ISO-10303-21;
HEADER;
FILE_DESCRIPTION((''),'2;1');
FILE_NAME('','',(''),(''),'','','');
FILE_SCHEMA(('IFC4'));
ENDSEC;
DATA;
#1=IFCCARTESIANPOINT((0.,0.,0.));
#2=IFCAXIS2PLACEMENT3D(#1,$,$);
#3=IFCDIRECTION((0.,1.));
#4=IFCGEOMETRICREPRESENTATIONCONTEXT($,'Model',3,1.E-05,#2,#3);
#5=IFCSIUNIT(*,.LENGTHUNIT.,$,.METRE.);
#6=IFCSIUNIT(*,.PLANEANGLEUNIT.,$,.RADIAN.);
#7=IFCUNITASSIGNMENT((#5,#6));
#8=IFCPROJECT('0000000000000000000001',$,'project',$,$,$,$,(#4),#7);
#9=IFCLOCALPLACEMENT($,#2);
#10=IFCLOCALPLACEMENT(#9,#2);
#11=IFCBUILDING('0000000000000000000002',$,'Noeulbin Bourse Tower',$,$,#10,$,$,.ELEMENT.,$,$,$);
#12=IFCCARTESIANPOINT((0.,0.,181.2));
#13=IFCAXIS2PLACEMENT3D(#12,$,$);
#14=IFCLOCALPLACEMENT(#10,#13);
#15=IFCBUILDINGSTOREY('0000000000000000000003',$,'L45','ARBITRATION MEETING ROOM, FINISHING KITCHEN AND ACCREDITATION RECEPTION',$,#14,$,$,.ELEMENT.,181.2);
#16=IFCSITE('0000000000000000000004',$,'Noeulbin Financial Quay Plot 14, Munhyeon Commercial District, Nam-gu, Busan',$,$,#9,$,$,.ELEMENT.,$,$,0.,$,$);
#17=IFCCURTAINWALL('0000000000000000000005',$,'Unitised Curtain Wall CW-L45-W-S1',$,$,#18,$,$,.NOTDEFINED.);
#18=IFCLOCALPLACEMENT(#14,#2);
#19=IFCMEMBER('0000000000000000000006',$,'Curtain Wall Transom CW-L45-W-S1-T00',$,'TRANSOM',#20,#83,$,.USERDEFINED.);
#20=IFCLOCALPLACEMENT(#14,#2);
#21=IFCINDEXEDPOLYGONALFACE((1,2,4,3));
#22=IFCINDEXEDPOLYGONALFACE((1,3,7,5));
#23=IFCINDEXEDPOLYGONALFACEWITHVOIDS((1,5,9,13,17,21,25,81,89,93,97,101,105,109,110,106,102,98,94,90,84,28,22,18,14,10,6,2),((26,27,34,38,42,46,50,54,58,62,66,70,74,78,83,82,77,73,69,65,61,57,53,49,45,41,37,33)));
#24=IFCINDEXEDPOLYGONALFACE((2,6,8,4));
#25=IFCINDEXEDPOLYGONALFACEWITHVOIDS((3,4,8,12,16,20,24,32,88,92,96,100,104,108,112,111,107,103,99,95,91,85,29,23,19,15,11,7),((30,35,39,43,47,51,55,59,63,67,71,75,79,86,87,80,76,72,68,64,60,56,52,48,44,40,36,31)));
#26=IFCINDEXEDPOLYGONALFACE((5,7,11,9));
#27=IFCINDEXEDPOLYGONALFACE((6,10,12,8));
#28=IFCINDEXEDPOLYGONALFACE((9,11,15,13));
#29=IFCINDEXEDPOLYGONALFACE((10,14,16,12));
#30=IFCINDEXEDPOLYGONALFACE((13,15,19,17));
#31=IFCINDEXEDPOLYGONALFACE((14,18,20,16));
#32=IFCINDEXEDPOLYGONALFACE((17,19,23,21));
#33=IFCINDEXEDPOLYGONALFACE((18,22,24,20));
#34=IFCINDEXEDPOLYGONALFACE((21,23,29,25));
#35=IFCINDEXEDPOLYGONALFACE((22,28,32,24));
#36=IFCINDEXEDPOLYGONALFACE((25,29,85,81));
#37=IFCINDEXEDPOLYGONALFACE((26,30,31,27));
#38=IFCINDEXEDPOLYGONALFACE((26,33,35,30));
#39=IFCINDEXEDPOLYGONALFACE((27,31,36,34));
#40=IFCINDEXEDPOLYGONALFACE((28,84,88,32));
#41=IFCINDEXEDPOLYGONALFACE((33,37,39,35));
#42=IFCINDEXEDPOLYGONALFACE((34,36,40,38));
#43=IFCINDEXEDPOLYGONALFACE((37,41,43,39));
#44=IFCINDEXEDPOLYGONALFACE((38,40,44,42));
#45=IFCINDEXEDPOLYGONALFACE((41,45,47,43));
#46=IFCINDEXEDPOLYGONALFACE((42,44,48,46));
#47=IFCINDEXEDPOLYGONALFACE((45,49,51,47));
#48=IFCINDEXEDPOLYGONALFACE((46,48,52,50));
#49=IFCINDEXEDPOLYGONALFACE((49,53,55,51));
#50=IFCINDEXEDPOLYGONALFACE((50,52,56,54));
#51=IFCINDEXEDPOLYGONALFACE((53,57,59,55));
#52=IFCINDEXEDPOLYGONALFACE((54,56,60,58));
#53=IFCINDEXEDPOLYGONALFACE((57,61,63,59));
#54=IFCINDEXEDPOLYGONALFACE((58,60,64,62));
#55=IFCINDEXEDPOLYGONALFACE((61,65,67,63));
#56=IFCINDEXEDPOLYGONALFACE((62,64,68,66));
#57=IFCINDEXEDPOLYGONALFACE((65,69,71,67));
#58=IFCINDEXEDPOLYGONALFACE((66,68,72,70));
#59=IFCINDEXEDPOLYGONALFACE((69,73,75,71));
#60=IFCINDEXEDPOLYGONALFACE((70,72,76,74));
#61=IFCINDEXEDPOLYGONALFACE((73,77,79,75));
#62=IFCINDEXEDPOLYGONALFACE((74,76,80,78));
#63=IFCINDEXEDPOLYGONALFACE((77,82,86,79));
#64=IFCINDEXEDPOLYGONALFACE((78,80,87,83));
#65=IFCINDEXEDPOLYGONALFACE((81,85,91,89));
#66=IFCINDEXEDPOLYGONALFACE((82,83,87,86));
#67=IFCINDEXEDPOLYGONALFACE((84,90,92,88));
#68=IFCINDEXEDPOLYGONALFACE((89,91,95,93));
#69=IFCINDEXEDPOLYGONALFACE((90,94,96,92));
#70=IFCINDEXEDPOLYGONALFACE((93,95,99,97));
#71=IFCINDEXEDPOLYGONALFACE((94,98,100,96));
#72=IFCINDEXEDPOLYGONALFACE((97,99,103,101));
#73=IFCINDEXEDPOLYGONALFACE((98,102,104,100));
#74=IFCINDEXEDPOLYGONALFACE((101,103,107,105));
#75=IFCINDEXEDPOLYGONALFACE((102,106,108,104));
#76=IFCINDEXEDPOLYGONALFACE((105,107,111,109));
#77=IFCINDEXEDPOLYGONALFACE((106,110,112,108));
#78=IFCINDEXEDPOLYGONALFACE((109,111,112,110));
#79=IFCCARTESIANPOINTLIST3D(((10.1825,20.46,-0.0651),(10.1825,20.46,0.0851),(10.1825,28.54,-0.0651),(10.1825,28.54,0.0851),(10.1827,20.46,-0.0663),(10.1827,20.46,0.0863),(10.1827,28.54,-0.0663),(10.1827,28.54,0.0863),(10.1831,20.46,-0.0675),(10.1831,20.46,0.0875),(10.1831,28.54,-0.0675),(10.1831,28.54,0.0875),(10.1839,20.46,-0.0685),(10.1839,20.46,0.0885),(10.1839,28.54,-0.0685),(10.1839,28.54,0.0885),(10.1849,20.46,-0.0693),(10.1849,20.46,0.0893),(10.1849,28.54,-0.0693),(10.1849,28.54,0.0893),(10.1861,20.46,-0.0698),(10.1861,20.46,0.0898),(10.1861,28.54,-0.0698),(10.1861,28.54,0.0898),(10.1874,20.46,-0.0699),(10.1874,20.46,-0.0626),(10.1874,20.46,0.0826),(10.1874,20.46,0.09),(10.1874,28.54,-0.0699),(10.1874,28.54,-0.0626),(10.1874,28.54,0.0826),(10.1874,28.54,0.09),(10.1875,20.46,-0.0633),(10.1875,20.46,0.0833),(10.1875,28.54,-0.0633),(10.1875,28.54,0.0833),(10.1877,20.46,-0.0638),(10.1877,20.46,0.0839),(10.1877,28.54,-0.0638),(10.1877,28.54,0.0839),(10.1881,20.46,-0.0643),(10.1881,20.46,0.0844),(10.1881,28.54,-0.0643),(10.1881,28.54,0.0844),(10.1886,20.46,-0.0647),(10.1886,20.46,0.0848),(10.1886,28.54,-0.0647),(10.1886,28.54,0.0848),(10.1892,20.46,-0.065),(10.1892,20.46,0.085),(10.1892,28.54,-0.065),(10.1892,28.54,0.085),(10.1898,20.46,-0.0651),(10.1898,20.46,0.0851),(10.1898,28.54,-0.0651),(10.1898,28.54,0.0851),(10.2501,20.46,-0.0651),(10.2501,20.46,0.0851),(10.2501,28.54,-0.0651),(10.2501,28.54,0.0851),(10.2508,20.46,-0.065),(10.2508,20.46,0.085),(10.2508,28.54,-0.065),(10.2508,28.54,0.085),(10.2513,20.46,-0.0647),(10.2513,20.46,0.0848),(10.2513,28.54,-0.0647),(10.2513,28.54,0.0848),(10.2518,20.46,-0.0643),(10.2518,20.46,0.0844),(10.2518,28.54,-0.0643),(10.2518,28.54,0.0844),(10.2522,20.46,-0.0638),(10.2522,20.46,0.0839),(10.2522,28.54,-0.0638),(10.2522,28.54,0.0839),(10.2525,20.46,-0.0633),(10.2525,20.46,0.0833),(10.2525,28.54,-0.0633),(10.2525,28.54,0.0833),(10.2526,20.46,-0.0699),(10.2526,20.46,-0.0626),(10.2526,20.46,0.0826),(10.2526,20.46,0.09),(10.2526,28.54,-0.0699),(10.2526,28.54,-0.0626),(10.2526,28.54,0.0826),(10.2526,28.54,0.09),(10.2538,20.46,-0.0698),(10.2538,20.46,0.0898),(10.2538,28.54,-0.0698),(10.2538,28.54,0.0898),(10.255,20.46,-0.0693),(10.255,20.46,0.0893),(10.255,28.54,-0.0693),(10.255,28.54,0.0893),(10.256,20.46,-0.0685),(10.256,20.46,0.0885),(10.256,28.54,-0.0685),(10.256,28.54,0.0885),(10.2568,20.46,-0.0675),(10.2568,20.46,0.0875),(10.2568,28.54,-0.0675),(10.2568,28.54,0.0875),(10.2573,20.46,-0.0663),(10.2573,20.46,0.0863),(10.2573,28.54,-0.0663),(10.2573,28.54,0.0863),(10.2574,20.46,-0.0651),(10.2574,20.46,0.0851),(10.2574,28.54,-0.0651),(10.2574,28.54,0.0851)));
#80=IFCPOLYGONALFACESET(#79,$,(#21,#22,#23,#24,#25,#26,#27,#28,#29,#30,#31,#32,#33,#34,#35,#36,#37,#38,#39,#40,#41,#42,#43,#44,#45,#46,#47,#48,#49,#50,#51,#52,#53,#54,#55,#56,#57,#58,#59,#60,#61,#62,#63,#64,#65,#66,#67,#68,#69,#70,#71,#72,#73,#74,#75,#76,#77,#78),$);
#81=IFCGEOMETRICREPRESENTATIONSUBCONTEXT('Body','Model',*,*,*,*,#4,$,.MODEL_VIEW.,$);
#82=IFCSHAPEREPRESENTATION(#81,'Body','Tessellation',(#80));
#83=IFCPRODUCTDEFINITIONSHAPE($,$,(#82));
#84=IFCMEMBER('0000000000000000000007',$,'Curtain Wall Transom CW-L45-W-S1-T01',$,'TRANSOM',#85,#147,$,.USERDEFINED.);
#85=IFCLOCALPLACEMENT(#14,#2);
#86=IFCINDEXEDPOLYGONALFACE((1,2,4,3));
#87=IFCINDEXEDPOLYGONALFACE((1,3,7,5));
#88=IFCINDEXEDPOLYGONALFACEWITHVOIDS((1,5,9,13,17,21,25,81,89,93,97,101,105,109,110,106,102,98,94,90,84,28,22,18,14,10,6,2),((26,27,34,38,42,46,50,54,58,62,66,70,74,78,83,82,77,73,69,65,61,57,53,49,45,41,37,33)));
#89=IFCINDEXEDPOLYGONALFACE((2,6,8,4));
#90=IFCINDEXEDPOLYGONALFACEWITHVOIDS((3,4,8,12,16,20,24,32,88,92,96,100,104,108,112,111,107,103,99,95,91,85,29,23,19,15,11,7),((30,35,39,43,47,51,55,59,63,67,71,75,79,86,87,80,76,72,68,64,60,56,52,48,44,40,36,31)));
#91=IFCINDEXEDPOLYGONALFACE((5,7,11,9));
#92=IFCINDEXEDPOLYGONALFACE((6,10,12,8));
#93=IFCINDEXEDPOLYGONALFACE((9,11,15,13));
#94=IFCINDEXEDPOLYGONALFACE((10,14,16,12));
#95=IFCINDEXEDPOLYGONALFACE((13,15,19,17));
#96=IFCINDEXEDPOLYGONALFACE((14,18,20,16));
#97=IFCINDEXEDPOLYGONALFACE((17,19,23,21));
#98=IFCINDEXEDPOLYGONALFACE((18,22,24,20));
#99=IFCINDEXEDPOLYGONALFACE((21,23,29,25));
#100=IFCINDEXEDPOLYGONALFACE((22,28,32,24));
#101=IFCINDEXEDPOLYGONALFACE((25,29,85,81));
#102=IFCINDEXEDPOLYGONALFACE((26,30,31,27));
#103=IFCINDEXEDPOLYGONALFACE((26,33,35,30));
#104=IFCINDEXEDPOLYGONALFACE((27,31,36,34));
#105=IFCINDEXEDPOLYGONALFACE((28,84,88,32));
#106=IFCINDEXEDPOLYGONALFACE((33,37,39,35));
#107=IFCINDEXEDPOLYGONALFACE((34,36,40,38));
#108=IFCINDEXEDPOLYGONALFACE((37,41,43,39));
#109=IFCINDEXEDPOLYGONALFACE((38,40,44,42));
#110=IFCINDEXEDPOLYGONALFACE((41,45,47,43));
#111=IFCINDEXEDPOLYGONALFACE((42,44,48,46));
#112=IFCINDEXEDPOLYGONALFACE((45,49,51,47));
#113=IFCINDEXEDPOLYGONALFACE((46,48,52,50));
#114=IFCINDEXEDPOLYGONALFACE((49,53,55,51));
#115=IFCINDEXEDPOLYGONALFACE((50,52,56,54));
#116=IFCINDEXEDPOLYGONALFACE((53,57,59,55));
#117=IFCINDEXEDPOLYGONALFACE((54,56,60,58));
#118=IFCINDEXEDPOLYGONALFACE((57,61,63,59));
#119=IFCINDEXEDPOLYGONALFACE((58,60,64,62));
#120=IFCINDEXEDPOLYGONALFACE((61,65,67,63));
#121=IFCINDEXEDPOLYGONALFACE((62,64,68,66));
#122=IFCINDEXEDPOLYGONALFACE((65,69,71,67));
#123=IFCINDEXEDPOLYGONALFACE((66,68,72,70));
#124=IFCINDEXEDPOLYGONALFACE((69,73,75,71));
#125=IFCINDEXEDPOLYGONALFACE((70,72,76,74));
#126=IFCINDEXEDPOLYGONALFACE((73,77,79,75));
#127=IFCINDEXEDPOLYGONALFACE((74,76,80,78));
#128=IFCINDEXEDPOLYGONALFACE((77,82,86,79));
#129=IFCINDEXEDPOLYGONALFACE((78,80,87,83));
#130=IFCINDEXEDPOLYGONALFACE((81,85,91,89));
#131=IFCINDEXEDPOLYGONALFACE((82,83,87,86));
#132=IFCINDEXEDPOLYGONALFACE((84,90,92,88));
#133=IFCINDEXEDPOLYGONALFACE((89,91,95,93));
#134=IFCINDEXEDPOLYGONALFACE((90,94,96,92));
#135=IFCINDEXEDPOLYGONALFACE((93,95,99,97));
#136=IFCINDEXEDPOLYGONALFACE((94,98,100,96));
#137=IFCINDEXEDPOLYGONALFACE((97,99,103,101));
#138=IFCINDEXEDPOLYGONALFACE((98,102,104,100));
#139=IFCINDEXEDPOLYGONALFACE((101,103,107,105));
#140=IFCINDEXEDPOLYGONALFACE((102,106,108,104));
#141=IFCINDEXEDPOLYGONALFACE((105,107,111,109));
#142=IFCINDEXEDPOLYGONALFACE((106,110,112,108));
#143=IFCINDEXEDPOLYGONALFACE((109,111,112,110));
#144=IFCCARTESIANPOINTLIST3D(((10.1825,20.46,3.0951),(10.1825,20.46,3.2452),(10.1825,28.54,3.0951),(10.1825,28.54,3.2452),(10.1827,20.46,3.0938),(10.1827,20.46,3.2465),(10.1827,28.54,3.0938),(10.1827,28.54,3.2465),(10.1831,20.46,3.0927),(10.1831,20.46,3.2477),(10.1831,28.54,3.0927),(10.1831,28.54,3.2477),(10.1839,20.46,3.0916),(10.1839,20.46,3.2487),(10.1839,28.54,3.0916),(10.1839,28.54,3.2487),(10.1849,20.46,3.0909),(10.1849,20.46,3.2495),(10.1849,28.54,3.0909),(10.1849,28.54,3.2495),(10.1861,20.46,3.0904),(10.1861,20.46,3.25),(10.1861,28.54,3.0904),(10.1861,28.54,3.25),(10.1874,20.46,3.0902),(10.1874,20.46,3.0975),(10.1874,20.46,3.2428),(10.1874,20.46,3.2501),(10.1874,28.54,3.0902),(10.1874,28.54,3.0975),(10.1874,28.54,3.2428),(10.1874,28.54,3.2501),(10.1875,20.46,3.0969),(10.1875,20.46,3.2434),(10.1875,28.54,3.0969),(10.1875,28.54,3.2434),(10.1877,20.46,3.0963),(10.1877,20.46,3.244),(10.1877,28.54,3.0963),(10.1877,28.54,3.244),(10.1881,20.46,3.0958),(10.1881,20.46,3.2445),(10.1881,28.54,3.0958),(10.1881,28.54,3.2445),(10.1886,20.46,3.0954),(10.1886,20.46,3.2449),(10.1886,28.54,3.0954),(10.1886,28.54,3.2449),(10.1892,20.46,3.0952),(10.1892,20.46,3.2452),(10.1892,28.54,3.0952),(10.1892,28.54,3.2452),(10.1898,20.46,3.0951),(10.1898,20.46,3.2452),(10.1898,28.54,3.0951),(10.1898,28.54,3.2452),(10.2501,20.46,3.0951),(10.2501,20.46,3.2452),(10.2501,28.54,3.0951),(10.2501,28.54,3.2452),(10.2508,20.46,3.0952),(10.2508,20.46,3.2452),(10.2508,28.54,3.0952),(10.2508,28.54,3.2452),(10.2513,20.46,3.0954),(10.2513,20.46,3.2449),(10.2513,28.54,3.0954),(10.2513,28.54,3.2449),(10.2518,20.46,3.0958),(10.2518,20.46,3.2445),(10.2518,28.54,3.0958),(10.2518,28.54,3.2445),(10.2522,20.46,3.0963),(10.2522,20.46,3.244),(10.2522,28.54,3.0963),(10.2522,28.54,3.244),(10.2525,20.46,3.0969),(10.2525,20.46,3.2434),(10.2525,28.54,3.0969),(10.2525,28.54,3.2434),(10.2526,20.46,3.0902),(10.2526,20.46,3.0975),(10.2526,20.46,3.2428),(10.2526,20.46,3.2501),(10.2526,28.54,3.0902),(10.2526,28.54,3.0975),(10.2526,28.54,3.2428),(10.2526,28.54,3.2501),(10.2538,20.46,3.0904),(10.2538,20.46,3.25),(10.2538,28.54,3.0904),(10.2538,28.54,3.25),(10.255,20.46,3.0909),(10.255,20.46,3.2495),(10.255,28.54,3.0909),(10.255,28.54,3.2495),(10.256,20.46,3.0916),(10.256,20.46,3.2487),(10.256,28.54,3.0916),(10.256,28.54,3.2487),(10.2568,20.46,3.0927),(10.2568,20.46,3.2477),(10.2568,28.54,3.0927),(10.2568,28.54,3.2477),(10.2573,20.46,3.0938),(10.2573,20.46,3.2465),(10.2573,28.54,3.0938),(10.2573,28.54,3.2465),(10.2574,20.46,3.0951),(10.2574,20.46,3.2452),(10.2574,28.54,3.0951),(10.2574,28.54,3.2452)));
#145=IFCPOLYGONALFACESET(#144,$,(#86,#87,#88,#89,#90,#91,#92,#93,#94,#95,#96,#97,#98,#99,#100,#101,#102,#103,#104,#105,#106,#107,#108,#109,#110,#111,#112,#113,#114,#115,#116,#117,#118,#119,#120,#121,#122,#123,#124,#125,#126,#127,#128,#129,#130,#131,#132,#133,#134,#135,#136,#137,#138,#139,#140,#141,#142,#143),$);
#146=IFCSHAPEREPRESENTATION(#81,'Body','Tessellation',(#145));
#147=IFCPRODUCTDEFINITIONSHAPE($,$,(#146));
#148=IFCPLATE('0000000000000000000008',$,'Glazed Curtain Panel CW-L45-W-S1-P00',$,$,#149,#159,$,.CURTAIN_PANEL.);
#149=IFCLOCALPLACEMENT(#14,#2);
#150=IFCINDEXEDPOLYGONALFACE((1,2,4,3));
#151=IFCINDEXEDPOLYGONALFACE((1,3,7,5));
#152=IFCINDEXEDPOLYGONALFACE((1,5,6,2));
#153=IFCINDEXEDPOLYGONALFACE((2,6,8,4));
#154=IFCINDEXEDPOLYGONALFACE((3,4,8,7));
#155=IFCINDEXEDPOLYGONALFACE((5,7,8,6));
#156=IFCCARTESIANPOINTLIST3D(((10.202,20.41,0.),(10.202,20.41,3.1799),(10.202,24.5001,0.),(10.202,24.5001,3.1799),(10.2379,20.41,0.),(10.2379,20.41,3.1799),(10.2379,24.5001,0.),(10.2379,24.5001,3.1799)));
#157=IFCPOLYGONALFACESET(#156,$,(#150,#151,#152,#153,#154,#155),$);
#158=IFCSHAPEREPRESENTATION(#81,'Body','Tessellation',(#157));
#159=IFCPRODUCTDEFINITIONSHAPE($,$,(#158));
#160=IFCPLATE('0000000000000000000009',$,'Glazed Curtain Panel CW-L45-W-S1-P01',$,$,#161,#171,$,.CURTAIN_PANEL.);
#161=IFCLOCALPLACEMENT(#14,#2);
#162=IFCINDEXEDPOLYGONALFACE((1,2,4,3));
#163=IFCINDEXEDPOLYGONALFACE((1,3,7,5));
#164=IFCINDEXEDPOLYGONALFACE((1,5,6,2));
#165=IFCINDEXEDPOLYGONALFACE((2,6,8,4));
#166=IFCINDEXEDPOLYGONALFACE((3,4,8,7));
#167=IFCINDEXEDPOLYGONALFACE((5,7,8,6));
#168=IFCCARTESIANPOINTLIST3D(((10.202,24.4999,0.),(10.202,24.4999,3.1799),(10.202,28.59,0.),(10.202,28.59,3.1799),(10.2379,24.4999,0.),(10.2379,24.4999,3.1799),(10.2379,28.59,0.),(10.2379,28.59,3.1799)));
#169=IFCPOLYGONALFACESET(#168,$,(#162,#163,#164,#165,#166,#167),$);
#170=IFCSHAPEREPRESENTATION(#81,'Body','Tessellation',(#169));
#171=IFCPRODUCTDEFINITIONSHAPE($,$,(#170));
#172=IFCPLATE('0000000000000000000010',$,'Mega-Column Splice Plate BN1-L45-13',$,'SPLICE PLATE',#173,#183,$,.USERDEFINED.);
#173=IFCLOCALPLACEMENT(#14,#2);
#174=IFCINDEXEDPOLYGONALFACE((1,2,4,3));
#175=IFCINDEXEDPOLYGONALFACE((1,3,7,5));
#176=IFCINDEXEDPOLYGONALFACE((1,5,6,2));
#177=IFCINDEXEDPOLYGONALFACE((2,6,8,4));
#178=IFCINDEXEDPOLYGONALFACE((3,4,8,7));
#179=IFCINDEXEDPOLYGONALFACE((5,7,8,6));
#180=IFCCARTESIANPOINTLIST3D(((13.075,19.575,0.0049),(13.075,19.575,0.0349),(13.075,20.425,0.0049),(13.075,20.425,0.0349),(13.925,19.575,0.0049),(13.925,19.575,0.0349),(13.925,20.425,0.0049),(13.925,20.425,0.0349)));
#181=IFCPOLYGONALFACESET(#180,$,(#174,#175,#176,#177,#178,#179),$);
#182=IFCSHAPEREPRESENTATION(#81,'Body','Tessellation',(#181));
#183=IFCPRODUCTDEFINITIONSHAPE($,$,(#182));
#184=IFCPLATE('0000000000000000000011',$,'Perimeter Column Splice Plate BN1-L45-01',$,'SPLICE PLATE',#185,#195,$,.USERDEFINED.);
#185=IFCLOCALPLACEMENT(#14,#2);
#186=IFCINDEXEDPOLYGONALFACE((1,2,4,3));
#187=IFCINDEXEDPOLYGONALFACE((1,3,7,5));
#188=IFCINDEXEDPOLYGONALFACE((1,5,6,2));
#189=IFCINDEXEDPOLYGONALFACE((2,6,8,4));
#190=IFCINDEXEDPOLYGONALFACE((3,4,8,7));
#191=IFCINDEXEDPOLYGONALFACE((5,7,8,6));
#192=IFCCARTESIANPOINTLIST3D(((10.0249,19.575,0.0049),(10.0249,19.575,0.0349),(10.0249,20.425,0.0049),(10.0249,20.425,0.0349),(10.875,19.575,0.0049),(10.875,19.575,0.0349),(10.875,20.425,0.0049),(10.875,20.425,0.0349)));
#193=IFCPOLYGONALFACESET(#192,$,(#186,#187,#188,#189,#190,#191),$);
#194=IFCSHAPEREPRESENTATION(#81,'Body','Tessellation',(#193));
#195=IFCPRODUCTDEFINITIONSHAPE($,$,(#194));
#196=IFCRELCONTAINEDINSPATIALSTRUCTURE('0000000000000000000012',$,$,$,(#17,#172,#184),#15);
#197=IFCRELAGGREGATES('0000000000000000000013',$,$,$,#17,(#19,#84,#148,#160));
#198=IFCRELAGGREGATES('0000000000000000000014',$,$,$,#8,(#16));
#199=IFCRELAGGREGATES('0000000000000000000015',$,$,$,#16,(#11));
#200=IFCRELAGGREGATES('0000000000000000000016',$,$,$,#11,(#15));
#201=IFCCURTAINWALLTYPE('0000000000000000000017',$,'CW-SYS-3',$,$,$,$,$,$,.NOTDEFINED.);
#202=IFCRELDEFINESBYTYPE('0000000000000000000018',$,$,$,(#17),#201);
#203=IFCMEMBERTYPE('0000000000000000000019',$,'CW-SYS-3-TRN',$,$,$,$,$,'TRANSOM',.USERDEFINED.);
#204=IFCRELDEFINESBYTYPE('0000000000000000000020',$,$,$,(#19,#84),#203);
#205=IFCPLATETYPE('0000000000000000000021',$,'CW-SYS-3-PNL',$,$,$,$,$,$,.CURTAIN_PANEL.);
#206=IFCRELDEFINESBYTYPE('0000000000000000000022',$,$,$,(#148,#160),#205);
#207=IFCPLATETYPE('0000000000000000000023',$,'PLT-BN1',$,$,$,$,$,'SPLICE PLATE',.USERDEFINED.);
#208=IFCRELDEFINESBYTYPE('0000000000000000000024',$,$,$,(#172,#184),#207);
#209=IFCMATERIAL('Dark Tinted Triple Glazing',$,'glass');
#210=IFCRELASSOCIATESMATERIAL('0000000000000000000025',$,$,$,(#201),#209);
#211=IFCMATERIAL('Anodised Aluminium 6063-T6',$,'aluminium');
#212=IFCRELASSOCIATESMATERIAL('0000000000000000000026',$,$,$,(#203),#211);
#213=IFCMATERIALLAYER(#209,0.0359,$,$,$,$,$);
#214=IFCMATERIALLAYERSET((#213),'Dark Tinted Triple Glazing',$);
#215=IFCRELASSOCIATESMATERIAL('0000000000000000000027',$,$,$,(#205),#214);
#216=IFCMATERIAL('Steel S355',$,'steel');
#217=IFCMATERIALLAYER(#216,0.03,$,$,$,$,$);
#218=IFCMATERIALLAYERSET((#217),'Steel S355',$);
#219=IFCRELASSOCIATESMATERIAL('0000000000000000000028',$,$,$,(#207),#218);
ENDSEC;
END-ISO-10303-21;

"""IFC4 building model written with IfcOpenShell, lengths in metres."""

from ifc_helpers import new_model, si_unit, direction, frame, origin, origin_2d, place, context, subcontext, project, spatial, rectangle, hollow_rectangle, extrude, material, layer, layer_set, material_profile, profile_set, type_object, element, aggregate, save


model = new_model("IFC4")

# Units and contexts
model_context = context("Model", 3, precision=1e-05, world=origin(), true_north=direction((0.0, 1.0)))
body_context = subcontext(model_context, "Body", "Model", "MODEL_VIEW")
ifc_project = project(units=[si_unit("LENGTHUNIT", "METRE"), si_unit("PLANEANGLEUNIT", "RADIAN")], contexts=[model_context])

# Site, building, storey
site_placement = place(None, origin())
site = spatial("IfcSite", under=ifc_project, at=site_placement, Name="Noeulbin Financial Quay Plot 14, Munhyeon Commercial District, Nam-gu, Busan", CompositionType="ELEMENT", RefElevation=0.0)
building_placement = place(site_placement, origin())
building = spatial("IfcBuilding", under=site, at=building_placement, Name="Noeulbin Bourse Tower", CompositionType="ELEMENT")
storey_placement = place(building_placement, frame((0.0, 0.0, 181.2)))
storey = spatial("IfcBuildingStorey", under=building, at=storey_placement, Name="L45", Description="ARBITRATION MEETING ROOM, FINISHING KITCHEN AND ACCREDITATION RECEPTION", CompositionType="ELEMENT", Elevation=181.2)

# Shared definitions
ifc_material_1 = material(Name="Steel S355", Category="steel")

# Curtain wall, members, plates
ifc_material_2 = material(Name="Dark Tinted Triple Glazing", Category="glass")
curtain_wall_type = type_object("IfcCurtainWallType", Name="CW-SYS-3", PredefinedType="NOTDEFINED", material=ifc_material_2)
curtain_wall_placement = place(storey_placement, origin())
curtain_wall = element("IfcCurtainWall", 1, at=curtain_wall_placement, inside=storey, type_object=curtain_wall_type, Name="Unitised Curtain Wall CW-L45-W-S1", PredefinedType="NOTDEFINED")
ifc_material_3 = material(Name="Anodised Aluminium 6063-T6", Category="aluminium")
ifc_material_profile_1 = material_profile(ifc_material_3, hollow_rectangle(XDim=0.075, YDim=0.1599, WallThickness=0.0049, InnerFilletRadius=0.0024, OuterFilletRadius=0.0049, at=origin_2d()), Name="ALU-TRAN-75x160x5", Category="LoadBearing")
ifc_profile_set_1 = profile_set([ifc_material_profile_1], Name="Anodised Aluminium 6063-T6")
member_type_1 = type_object("IfcMemberType", Name="CW-SYS-3-TRN", ElementType="TRANSOM", PredefinedType="USERDEFINED", material=ifc_profile_set_1)
member_1_placement = place(storey_placement, frame((10.22, 20.46, 0.01), z_axis=(0.0, 1.0, 0.0), x_axis=(-1.0, 0.0, 0.0)))
member_1 = element("IfcMember", 2, at=member_1_placement, type_object=member_type_1, Name="Curtain Wall Transom CW-L45-W-S1-T00", ObjectType="TRANSOM", PredefinedType="USERDEFINED", context=body_context, shape_type="SweptSolid", body=[
    extrude(hollow_rectangle(XDim=0.075, YDim=0.1599, WallThickness=0.0049, InnerFilletRadius=0.0024, OuterFilletRadius=0.0049, at=origin_2d()), origin(), (0.0, 0.0, 1.0), 8.0801),
])
member_2_placement = place(storey_placement, frame((10.22, 20.46, 3.1702), z_axis=(0.0, 1.0, 0.0), x_axis=(-1.0, 0.0, 0.0)))
member_2 = element("IfcMember", 3, at=member_2_placement, type_object=member_type_1, Name="Curtain Wall Transom CW-L45-W-S1-T01", ObjectType="TRANSOM", PredefinedType="USERDEFINED", context=body_context, shape_type="SweptSolid", body=[
    extrude(hollow_rectangle(XDim=0.075, YDim=0.1599, WallThickness=0.0049, InnerFilletRadius=0.0024, OuterFilletRadius=0.0049, at=origin_2d()), origin(), (0.0, 0.0, 1.0), 8.0801),
])
ifc_layer_1 = layer(ifc_material_2, 0.0359)
ifc_layer_set_1 = layer_set([ifc_layer_1], Name="Dark Tinted Triple Glazing")
plate_type_1 = type_object("IfcPlateType", Name="CW-SYS-3-PNL", PredefinedType="CURTAIN_PANEL", material=ifc_layer_set_1)
plate_1_placement = place(storey_placement, frame((10.22, 22.4551, 0.0), z_axis=(0.0, 0.0, 1.0), x_axis=(0.0, 1.0, 0.0)))
plate_1 = element("IfcPlate", 4, at=plate_1_placement, type_object=plate_type_1, Name="Glazed Curtain Panel CW-L45-W-S1-P00", PredefinedType="CURTAIN_PANEL", context=body_context, shape_type="SweptSolid", body=[
    extrude(rectangle(XDim=4.0901, YDim=0.0359, at=origin_2d()), origin(), (0.0, 0.0, 1.0), 3.1799),
])
plate_2_placement = place(storey_placement, frame((10.22, 26.5449, 0.0), z_axis=(0.0, 0.0, 1.0), x_axis=(0.0, 1.0, 0.0)))
plate_2 = element("IfcPlate", 5, at=plate_2_placement, type_object=plate_type_1, Name="Glazed Curtain Panel CW-L45-W-S1-P01", PredefinedType="CURTAIN_PANEL", context=body_context, shape_type="SweptSolid", body=[
    extrude(rectangle(XDim=4.0901, YDim=0.0359, at=origin_2d()), origin(), (0.0, 0.0, 1.0), 3.1799),
])
aggregate(curtain_wall, [member_1, member_2, plate_1, plate_2])

# Plates
ifc_layer_2 = layer(ifc_material_1, 0.03)
ifc_layer_set_2 = layer_set([ifc_layer_2], Name="Steel S355")
plate_type_2 = type_object("IfcPlateType", Name="PLT-BN1", ElementType="SPLICE PLATE", PredefinedType="USERDEFINED", material=ifc_layer_set_2)
for number, where, z_axis, x_axis, name in (
    (6, (13.5, 20.0, 0.0049), (0.0, 0.0, 1.0), (1.0, 0.0, 0.0), "Mega-Column Splice Plate BN1-L45-13"),
    (7, (10.45, 20.0, 0.0049), (0.0, 0.0, 1.0), (1.0, 0.0, 0.0), "Perimeter Column Splice Plate BN1-L45-01"),
):
    element("IfcPlate", number, at=place(storey_placement, frame(where, z_axis=z_axis, x_axis=x_axis)), inside=storey, type_object=plate_type_2, Name=name, ObjectType="SPLICE PLATE", PredefinedType="USERDEFINED", context=body_context, shape_type="SweptSolid", body=[
        extrude(rectangle(XDim=0.8501, YDim=0.8501, at=origin_2d()), origin(), (0.0, 0.0, 1.0), 0.03),
    ])

save(model, "model.ifc")
